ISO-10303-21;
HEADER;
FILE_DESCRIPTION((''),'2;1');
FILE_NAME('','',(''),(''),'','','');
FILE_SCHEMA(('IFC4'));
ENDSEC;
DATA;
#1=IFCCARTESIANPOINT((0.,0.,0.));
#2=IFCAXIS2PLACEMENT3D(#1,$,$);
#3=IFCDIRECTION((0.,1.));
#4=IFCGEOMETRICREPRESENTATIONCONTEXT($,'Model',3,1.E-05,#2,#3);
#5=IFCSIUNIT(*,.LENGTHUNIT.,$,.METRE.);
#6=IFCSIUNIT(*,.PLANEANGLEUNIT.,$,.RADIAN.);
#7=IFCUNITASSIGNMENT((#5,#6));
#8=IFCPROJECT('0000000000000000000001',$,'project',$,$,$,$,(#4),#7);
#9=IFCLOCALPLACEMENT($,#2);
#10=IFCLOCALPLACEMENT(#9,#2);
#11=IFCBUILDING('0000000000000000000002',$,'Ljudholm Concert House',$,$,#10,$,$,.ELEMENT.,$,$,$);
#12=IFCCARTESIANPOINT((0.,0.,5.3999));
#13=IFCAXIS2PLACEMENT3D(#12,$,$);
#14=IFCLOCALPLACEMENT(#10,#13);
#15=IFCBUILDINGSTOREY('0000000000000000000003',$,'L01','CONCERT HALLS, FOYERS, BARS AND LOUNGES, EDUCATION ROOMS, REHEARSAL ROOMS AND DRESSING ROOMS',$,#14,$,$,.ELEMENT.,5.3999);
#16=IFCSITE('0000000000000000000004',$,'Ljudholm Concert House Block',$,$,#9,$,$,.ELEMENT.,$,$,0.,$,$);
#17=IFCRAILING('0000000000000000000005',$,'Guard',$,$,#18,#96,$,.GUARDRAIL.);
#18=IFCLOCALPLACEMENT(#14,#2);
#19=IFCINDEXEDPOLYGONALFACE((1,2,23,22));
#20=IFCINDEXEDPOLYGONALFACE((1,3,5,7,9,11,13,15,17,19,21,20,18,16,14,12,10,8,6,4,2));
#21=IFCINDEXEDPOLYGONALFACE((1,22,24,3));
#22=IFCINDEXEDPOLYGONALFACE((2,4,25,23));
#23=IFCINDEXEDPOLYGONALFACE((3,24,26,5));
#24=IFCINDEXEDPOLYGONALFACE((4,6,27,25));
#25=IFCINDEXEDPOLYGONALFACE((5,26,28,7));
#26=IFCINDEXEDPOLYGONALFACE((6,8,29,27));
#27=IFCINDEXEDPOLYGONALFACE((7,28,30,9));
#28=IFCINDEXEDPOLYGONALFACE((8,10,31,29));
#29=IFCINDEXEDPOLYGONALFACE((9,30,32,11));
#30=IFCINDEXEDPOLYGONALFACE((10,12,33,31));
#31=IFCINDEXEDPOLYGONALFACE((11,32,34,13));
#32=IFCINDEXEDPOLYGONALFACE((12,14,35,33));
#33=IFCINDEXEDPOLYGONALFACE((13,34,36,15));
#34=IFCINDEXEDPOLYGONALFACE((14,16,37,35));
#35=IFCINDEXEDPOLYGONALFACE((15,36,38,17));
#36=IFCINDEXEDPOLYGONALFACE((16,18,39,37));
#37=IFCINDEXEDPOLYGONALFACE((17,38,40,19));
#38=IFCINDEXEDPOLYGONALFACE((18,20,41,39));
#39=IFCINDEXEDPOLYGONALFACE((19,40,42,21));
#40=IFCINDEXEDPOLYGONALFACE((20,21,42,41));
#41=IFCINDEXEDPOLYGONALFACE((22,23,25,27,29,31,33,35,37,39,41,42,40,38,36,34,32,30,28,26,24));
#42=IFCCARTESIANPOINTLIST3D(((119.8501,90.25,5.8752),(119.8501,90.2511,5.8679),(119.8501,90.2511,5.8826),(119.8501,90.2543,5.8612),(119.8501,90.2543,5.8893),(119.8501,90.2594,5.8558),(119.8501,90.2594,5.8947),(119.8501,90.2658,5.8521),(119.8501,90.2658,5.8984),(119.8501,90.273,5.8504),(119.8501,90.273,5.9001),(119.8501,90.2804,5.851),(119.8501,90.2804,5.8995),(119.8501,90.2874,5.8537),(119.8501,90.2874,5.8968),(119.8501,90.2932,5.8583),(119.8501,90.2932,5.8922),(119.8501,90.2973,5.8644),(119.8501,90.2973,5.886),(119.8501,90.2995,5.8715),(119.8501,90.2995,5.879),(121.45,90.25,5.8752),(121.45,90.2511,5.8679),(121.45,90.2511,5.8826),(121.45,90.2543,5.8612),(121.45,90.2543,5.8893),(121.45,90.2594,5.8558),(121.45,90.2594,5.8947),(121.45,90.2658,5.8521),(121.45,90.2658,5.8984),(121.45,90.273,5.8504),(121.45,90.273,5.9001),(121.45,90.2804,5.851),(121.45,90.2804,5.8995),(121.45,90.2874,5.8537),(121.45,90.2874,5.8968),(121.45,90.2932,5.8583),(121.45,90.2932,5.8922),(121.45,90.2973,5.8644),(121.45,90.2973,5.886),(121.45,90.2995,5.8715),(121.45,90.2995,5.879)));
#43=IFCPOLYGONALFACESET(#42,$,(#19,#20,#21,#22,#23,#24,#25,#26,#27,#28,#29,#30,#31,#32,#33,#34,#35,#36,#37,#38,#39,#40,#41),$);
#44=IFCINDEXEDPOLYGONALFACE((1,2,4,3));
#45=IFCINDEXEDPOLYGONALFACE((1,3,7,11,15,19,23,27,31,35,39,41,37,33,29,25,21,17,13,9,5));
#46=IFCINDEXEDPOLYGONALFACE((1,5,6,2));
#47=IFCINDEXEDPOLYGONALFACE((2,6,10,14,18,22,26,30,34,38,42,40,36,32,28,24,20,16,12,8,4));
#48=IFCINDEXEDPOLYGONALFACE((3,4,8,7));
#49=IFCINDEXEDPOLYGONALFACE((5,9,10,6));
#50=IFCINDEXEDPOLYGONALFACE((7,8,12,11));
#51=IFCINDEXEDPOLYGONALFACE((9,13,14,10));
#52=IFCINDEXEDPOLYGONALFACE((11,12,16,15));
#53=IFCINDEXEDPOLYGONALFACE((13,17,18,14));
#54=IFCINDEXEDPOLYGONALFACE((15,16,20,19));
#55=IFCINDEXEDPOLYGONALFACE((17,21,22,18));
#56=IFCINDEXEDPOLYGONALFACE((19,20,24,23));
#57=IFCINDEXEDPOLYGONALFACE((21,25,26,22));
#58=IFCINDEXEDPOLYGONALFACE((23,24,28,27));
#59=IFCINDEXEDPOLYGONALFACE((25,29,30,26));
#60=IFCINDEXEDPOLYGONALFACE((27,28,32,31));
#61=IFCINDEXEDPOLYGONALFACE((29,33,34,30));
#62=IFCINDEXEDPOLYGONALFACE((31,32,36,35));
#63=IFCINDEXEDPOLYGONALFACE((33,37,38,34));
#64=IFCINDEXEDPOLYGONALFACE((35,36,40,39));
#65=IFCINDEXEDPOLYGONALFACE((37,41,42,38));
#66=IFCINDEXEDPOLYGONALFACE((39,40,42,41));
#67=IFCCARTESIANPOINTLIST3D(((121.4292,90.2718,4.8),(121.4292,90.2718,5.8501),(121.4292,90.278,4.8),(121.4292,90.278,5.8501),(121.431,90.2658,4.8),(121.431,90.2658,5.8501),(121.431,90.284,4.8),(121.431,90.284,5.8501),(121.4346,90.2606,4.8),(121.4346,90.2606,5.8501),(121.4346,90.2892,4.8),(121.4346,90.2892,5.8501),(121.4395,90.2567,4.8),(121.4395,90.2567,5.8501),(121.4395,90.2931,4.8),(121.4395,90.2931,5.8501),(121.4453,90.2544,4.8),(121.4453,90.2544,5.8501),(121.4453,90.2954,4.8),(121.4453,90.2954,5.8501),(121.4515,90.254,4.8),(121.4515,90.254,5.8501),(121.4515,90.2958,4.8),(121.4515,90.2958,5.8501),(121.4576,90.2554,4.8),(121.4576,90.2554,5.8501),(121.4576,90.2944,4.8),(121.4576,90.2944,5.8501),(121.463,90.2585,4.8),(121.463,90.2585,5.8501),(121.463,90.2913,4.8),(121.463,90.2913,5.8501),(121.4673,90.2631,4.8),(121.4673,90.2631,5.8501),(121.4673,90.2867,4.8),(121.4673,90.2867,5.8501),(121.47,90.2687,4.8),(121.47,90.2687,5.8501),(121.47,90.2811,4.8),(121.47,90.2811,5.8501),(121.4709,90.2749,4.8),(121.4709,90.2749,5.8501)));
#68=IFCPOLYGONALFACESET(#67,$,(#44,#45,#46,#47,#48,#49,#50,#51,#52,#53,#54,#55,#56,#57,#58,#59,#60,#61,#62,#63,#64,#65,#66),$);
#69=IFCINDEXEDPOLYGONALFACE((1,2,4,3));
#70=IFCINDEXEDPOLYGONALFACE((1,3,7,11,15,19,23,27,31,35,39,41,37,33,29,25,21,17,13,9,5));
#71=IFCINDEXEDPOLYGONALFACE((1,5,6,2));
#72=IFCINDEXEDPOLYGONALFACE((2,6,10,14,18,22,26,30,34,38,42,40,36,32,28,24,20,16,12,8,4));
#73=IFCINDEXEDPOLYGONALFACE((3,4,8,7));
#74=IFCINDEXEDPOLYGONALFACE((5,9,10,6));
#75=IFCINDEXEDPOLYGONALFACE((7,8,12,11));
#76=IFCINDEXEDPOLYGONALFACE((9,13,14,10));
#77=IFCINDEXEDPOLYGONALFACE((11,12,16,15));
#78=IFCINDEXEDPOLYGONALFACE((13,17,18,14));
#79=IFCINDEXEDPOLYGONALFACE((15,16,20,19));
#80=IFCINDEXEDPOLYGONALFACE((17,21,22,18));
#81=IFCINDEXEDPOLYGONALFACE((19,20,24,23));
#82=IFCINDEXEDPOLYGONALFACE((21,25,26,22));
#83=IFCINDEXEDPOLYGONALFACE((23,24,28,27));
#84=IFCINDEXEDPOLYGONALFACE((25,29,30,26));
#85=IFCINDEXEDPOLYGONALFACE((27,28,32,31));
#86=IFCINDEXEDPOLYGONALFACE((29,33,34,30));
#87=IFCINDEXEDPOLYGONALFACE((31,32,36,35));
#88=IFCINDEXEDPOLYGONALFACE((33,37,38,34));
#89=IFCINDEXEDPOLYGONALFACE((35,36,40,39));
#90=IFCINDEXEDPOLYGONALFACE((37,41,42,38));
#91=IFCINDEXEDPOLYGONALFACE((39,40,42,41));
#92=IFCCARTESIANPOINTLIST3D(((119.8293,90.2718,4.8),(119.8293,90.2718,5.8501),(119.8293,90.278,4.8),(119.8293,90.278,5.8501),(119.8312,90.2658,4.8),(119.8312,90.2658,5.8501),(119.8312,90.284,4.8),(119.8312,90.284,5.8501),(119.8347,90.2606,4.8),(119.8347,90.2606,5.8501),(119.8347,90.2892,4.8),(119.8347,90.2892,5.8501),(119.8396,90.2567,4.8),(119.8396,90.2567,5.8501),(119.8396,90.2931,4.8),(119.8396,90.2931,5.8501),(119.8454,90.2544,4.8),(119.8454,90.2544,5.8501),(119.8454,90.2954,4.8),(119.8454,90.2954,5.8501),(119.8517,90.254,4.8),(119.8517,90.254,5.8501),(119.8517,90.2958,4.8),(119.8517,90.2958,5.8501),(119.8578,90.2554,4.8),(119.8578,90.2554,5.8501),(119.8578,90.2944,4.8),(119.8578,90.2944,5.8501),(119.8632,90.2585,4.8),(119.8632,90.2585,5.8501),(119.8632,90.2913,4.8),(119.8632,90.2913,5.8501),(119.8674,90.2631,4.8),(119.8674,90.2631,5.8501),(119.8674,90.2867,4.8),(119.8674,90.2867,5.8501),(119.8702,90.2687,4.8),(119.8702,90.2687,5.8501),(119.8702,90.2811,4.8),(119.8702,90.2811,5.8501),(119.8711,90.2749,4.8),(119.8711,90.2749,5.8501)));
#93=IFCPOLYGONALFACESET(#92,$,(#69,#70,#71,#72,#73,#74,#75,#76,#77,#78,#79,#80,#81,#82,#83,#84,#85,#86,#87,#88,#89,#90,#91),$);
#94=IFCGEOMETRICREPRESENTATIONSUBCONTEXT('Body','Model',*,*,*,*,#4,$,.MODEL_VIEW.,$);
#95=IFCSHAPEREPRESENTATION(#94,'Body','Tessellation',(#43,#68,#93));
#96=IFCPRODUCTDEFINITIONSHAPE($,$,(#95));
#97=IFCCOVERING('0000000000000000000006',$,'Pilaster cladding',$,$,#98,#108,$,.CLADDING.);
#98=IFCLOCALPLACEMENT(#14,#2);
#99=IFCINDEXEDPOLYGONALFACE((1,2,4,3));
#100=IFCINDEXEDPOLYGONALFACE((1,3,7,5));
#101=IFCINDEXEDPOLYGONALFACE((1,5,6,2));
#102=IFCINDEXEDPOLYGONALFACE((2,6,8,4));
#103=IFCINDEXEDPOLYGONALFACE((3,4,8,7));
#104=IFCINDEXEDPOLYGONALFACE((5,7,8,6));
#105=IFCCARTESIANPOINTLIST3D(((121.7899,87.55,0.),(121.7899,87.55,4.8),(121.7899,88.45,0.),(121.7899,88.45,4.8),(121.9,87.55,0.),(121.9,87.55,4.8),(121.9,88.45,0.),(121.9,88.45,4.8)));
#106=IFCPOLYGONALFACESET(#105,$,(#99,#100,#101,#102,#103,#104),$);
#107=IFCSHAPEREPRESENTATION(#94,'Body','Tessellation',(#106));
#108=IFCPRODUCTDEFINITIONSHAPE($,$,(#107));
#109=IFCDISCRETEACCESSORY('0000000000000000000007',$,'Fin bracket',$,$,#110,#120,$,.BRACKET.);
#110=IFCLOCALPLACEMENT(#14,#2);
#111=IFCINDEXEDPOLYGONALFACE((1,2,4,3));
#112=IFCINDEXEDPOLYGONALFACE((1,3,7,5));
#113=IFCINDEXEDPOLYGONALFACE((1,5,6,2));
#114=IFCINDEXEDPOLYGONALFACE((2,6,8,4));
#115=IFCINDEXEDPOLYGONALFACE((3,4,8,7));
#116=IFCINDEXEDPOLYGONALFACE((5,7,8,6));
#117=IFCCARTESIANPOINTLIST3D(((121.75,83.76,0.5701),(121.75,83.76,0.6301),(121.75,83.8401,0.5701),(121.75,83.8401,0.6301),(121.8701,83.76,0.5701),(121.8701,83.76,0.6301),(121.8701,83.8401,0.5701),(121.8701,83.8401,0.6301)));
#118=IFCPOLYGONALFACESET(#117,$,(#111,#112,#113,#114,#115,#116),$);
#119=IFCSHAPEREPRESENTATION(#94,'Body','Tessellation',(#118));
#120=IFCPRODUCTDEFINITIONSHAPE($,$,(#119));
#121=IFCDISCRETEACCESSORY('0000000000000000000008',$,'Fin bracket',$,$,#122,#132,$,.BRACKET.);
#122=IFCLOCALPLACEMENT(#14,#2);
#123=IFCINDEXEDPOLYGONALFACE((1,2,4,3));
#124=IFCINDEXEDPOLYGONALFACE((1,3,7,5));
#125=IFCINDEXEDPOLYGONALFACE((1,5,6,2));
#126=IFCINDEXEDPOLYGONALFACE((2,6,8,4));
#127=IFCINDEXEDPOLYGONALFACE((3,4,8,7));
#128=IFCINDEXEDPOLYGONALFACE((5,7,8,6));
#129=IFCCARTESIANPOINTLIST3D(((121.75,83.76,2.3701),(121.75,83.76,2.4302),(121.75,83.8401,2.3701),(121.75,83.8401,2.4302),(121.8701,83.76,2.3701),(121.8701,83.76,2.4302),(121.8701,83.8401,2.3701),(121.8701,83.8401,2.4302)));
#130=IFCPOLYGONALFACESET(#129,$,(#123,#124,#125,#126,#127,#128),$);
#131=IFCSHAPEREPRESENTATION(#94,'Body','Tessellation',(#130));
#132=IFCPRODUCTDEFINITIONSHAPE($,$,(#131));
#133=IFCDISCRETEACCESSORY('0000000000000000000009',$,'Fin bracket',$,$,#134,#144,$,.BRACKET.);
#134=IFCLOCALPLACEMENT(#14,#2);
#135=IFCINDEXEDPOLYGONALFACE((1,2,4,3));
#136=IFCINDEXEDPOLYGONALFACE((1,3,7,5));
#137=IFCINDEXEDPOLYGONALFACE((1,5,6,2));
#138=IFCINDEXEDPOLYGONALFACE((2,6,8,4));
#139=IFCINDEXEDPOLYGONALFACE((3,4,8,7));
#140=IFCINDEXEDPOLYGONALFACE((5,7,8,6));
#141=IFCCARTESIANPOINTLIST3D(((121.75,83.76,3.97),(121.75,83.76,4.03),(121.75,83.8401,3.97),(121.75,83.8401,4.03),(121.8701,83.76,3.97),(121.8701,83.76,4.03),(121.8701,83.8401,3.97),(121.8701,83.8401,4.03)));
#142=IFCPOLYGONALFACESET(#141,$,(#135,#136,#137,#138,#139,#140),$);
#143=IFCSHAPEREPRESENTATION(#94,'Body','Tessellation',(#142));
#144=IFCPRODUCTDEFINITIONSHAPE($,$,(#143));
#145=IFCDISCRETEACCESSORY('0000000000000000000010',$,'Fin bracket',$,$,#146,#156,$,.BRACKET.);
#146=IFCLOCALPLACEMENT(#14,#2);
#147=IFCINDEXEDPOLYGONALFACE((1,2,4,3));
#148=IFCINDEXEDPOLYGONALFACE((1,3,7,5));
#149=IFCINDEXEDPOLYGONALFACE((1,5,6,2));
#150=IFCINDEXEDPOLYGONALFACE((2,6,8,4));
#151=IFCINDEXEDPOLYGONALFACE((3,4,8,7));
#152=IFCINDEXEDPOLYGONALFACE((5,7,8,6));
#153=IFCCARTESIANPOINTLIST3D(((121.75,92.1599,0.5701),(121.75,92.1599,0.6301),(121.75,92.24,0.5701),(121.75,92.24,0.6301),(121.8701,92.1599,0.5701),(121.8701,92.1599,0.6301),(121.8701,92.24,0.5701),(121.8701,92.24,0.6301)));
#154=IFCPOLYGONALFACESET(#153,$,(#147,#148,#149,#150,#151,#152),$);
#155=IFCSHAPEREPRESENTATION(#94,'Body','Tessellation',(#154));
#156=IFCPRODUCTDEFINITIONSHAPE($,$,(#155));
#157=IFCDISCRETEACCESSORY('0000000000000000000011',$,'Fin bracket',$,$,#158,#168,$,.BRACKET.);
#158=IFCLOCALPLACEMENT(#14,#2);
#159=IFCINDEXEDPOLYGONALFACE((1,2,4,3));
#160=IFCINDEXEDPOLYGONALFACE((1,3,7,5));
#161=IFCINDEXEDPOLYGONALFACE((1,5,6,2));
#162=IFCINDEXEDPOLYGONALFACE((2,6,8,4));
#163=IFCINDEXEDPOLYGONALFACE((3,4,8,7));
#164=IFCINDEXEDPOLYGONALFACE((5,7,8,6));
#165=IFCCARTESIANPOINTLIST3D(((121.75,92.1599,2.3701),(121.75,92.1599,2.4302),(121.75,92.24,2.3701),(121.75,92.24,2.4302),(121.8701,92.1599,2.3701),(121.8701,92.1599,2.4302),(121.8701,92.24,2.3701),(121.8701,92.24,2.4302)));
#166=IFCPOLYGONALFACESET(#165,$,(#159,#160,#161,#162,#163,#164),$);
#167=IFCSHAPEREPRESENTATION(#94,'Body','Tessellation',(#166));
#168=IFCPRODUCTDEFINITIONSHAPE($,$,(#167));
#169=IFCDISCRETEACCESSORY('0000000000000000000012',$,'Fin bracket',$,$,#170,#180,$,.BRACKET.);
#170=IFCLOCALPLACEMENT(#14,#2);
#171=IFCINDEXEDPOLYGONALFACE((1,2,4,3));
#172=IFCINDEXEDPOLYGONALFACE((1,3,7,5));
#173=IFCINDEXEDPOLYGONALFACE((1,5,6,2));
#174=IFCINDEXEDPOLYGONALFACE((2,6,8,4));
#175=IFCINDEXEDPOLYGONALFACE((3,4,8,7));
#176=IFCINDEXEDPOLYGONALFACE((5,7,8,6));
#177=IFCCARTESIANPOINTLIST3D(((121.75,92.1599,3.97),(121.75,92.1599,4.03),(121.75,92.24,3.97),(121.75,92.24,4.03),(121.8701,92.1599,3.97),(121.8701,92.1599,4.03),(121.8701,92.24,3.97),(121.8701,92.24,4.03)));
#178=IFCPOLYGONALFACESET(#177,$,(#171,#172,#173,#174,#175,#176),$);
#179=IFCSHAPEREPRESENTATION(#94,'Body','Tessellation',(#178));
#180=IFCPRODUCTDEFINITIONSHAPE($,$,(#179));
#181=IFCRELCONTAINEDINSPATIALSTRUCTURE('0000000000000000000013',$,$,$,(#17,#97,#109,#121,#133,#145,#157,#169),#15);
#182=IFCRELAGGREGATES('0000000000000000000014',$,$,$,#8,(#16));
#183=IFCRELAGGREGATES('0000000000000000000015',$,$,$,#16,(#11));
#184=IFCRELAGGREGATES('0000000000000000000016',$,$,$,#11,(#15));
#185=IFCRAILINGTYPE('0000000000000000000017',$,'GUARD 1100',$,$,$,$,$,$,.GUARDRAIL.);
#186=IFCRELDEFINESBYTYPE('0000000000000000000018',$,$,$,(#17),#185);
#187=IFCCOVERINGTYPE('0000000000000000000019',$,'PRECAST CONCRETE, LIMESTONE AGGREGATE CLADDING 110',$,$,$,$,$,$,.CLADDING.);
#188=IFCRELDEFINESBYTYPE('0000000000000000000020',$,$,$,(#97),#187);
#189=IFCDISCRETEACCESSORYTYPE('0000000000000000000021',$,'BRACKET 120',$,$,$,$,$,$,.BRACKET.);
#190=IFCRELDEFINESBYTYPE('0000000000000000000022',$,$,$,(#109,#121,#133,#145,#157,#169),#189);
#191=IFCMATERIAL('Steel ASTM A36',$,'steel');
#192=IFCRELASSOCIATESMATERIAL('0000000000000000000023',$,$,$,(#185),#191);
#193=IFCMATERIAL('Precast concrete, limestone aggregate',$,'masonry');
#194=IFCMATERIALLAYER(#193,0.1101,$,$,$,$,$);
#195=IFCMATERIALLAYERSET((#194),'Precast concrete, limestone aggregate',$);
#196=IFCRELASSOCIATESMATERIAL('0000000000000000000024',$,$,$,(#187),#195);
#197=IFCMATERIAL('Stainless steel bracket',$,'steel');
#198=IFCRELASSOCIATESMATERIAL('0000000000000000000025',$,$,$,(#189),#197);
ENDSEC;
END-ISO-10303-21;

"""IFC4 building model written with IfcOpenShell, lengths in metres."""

from ifc_helpers import new_model, si_unit, direction, frame, origin, origin_2d, place, context, subcontext, project, spatial, rectangle, circle, extrude, material, layer, layer_set, type_object, element, save


model = new_model("IFC4")

# Units and contexts
model_context = context("Model", 3, precision=1e-05, world=origin(), true_north=direction((0.0, 1.0)))
body_context = subcontext(model_context, "Body", "Model", "MODEL_VIEW")
ifc_project = project(units=[si_unit("LENGTHUNIT", "METRE"), si_unit("PLANEANGLEUNIT", "RADIAN")], contexts=[model_context])

# Site, building, storey
site_placement = place(None, origin())
site = spatial("IfcSite", under=ifc_project, at=site_placement, Name="Ljudholm Concert House Block", CompositionType="ELEMENT", RefElevation=0.0)
building_placement = place(site_placement, origin())
building = spatial("IfcBuilding", under=site, at=building_placement, Name="Ljudholm Concert House", CompositionType="ELEMENT")
storey_placement = place(building_placement, frame((0.0, 0.0, 5.3999)))
storey = spatial("IfcBuildingStorey", under=building, at=storey_placement, Name="L01", Description="CONCERT HALLS, FOYERS, BARS AND LOUNGES, EDUCATION ROOMS, REHEARSAL ROOMS AND DRESSING ROOMS", CompositionType="ELEMENT", Elevation=5.3999)

# Railing
ifc_material_1 = material(Name="Steel ASTM A36", Category="steel")
railing_type_1 = type_object("IfcRailingType", Name="GUARD 1100", PredefinedType="GUARDRAIL", material=ifc_material_1)
railing_1_placement = place(storey_placement, frame((121.45, 90.2749, 4.8)))
element("IfcRailing", 1, at=railing_1_placement, inside=storey, type_object=railing_type_1, Name="Guard", PredefinedType="GUARDRAIL", context=body_context, shape_type="SweptSolid", body=[
    extrude(circle(Radius=0.0249, at=origin_2d()), frame((0.0, 0.0, 1.0752), z_axis=(-1.0, 0.0, 0.0), x_axis=(0.0, -1.0, 0.0)), (0.0, 0.0, 1.0), 1.5999),
    extrude(circle(Radius=0.021, at=origin_2d()), origin(), (0.0, 0.0, 1.0), 1.05),
    extrude(circle(Radius=0.021, at=origin_2d()), frame((-1.5999, 0.0, 0.0)), (0.0, 0.0, 1.0), 1.05),
])

# Covering
ifc_material_2 = material(Name="Precast concrete, limestone aggregate", Category="masonry")
ifc_layer_1 = layer(ifc_material_2, 0.1101)
ifc_layer_set_1 = layer_set([ifc_layer_1], Name="Precast concrete, limestone aggregate")
covering_type = type_object("IfcCoveringType", Name="PRECAST CONCRETE, LIMESTONE AGGREGATE CLADDING 110", PredefinedType="CLADDING", material=ifc_layer_set_1)
covering_placement = place(storey_placement, frame((121.845, 88.0, 0.0), z_axis=(0.0, 0.0, 1.0), x_axis=(1.0, 0.0, 0.0)))
element("IfcCovering", 2, at=covering_placement, inside=storey, type_object=covering_type, Name="Pilaster cladding", PredefinedType="CLADDING", context=body_context, shape_type="SweptSolid", body=[
    extrude(rectangle(XDim=0.1101, YDim=0.8999, at=origin_2d()), origin(), (0.0, 0.0, 1.0), 4.8),
])

# Discrete accessories
ifc_material_3 = material(Name="Stainless steel bracket", Category="steel")
discrete_accessory_type = type_object("IfcDiscreteAccessoryType", Name="BRACKET 120", PredefinedType="BRACKET", material=ifc_material_3)
for number, where, z_axis, x_axis, name in (
    (3, (121.8101, 83.8, 0.5701), (0.0, 0.0, 1.0), (1.0, 0.0, 0.0), "Fin bracket"),
    (4, (121.8101, 83.8, 2.3701), (0.0, 0.0, 1.0), (1.0, 0.0, 0.0), "Fin bracket"),
    (5, (121.8101, 83.8, 3.97), (0.0, 0.0, 1.0), (1.0, 0.0, 0.0), "Fin bracket"),
    (6, (121.8101, 92.2, 0.5701), (0.0, 0.0, 1.0), (1.0, 0.0, 0.0), "Fin bracket"),
    (7, (121.8101, 92.2, 2.3701), (0.0, 0.0, 1.0), (1.0, 0.0, 0.0), "Fin bracket"),
    (8, (121.8101, 92.2, 3.97), (0.0, 0.0, 1.0), (1.0, 0.0, 0.0), "Fin bracket"),
):
    element("IfcDiscreteAccessory", number, at=place(storey_placement, frame(where, z_axis=z_axis, x_axis=x_axis)), inside=storey, type_object=discrete_accessory_type, Name=name, PredefinedType="BRACKET", context=body_context, shape_type="SweptSolid", body=[
        extrude(rectangle(XDim=0.1201, YDim=0.0801, at=origin_2d()), origin(), (0.0, 0.0, 1.0), 0.0601),
    ])

save(model, "model.ifc")
